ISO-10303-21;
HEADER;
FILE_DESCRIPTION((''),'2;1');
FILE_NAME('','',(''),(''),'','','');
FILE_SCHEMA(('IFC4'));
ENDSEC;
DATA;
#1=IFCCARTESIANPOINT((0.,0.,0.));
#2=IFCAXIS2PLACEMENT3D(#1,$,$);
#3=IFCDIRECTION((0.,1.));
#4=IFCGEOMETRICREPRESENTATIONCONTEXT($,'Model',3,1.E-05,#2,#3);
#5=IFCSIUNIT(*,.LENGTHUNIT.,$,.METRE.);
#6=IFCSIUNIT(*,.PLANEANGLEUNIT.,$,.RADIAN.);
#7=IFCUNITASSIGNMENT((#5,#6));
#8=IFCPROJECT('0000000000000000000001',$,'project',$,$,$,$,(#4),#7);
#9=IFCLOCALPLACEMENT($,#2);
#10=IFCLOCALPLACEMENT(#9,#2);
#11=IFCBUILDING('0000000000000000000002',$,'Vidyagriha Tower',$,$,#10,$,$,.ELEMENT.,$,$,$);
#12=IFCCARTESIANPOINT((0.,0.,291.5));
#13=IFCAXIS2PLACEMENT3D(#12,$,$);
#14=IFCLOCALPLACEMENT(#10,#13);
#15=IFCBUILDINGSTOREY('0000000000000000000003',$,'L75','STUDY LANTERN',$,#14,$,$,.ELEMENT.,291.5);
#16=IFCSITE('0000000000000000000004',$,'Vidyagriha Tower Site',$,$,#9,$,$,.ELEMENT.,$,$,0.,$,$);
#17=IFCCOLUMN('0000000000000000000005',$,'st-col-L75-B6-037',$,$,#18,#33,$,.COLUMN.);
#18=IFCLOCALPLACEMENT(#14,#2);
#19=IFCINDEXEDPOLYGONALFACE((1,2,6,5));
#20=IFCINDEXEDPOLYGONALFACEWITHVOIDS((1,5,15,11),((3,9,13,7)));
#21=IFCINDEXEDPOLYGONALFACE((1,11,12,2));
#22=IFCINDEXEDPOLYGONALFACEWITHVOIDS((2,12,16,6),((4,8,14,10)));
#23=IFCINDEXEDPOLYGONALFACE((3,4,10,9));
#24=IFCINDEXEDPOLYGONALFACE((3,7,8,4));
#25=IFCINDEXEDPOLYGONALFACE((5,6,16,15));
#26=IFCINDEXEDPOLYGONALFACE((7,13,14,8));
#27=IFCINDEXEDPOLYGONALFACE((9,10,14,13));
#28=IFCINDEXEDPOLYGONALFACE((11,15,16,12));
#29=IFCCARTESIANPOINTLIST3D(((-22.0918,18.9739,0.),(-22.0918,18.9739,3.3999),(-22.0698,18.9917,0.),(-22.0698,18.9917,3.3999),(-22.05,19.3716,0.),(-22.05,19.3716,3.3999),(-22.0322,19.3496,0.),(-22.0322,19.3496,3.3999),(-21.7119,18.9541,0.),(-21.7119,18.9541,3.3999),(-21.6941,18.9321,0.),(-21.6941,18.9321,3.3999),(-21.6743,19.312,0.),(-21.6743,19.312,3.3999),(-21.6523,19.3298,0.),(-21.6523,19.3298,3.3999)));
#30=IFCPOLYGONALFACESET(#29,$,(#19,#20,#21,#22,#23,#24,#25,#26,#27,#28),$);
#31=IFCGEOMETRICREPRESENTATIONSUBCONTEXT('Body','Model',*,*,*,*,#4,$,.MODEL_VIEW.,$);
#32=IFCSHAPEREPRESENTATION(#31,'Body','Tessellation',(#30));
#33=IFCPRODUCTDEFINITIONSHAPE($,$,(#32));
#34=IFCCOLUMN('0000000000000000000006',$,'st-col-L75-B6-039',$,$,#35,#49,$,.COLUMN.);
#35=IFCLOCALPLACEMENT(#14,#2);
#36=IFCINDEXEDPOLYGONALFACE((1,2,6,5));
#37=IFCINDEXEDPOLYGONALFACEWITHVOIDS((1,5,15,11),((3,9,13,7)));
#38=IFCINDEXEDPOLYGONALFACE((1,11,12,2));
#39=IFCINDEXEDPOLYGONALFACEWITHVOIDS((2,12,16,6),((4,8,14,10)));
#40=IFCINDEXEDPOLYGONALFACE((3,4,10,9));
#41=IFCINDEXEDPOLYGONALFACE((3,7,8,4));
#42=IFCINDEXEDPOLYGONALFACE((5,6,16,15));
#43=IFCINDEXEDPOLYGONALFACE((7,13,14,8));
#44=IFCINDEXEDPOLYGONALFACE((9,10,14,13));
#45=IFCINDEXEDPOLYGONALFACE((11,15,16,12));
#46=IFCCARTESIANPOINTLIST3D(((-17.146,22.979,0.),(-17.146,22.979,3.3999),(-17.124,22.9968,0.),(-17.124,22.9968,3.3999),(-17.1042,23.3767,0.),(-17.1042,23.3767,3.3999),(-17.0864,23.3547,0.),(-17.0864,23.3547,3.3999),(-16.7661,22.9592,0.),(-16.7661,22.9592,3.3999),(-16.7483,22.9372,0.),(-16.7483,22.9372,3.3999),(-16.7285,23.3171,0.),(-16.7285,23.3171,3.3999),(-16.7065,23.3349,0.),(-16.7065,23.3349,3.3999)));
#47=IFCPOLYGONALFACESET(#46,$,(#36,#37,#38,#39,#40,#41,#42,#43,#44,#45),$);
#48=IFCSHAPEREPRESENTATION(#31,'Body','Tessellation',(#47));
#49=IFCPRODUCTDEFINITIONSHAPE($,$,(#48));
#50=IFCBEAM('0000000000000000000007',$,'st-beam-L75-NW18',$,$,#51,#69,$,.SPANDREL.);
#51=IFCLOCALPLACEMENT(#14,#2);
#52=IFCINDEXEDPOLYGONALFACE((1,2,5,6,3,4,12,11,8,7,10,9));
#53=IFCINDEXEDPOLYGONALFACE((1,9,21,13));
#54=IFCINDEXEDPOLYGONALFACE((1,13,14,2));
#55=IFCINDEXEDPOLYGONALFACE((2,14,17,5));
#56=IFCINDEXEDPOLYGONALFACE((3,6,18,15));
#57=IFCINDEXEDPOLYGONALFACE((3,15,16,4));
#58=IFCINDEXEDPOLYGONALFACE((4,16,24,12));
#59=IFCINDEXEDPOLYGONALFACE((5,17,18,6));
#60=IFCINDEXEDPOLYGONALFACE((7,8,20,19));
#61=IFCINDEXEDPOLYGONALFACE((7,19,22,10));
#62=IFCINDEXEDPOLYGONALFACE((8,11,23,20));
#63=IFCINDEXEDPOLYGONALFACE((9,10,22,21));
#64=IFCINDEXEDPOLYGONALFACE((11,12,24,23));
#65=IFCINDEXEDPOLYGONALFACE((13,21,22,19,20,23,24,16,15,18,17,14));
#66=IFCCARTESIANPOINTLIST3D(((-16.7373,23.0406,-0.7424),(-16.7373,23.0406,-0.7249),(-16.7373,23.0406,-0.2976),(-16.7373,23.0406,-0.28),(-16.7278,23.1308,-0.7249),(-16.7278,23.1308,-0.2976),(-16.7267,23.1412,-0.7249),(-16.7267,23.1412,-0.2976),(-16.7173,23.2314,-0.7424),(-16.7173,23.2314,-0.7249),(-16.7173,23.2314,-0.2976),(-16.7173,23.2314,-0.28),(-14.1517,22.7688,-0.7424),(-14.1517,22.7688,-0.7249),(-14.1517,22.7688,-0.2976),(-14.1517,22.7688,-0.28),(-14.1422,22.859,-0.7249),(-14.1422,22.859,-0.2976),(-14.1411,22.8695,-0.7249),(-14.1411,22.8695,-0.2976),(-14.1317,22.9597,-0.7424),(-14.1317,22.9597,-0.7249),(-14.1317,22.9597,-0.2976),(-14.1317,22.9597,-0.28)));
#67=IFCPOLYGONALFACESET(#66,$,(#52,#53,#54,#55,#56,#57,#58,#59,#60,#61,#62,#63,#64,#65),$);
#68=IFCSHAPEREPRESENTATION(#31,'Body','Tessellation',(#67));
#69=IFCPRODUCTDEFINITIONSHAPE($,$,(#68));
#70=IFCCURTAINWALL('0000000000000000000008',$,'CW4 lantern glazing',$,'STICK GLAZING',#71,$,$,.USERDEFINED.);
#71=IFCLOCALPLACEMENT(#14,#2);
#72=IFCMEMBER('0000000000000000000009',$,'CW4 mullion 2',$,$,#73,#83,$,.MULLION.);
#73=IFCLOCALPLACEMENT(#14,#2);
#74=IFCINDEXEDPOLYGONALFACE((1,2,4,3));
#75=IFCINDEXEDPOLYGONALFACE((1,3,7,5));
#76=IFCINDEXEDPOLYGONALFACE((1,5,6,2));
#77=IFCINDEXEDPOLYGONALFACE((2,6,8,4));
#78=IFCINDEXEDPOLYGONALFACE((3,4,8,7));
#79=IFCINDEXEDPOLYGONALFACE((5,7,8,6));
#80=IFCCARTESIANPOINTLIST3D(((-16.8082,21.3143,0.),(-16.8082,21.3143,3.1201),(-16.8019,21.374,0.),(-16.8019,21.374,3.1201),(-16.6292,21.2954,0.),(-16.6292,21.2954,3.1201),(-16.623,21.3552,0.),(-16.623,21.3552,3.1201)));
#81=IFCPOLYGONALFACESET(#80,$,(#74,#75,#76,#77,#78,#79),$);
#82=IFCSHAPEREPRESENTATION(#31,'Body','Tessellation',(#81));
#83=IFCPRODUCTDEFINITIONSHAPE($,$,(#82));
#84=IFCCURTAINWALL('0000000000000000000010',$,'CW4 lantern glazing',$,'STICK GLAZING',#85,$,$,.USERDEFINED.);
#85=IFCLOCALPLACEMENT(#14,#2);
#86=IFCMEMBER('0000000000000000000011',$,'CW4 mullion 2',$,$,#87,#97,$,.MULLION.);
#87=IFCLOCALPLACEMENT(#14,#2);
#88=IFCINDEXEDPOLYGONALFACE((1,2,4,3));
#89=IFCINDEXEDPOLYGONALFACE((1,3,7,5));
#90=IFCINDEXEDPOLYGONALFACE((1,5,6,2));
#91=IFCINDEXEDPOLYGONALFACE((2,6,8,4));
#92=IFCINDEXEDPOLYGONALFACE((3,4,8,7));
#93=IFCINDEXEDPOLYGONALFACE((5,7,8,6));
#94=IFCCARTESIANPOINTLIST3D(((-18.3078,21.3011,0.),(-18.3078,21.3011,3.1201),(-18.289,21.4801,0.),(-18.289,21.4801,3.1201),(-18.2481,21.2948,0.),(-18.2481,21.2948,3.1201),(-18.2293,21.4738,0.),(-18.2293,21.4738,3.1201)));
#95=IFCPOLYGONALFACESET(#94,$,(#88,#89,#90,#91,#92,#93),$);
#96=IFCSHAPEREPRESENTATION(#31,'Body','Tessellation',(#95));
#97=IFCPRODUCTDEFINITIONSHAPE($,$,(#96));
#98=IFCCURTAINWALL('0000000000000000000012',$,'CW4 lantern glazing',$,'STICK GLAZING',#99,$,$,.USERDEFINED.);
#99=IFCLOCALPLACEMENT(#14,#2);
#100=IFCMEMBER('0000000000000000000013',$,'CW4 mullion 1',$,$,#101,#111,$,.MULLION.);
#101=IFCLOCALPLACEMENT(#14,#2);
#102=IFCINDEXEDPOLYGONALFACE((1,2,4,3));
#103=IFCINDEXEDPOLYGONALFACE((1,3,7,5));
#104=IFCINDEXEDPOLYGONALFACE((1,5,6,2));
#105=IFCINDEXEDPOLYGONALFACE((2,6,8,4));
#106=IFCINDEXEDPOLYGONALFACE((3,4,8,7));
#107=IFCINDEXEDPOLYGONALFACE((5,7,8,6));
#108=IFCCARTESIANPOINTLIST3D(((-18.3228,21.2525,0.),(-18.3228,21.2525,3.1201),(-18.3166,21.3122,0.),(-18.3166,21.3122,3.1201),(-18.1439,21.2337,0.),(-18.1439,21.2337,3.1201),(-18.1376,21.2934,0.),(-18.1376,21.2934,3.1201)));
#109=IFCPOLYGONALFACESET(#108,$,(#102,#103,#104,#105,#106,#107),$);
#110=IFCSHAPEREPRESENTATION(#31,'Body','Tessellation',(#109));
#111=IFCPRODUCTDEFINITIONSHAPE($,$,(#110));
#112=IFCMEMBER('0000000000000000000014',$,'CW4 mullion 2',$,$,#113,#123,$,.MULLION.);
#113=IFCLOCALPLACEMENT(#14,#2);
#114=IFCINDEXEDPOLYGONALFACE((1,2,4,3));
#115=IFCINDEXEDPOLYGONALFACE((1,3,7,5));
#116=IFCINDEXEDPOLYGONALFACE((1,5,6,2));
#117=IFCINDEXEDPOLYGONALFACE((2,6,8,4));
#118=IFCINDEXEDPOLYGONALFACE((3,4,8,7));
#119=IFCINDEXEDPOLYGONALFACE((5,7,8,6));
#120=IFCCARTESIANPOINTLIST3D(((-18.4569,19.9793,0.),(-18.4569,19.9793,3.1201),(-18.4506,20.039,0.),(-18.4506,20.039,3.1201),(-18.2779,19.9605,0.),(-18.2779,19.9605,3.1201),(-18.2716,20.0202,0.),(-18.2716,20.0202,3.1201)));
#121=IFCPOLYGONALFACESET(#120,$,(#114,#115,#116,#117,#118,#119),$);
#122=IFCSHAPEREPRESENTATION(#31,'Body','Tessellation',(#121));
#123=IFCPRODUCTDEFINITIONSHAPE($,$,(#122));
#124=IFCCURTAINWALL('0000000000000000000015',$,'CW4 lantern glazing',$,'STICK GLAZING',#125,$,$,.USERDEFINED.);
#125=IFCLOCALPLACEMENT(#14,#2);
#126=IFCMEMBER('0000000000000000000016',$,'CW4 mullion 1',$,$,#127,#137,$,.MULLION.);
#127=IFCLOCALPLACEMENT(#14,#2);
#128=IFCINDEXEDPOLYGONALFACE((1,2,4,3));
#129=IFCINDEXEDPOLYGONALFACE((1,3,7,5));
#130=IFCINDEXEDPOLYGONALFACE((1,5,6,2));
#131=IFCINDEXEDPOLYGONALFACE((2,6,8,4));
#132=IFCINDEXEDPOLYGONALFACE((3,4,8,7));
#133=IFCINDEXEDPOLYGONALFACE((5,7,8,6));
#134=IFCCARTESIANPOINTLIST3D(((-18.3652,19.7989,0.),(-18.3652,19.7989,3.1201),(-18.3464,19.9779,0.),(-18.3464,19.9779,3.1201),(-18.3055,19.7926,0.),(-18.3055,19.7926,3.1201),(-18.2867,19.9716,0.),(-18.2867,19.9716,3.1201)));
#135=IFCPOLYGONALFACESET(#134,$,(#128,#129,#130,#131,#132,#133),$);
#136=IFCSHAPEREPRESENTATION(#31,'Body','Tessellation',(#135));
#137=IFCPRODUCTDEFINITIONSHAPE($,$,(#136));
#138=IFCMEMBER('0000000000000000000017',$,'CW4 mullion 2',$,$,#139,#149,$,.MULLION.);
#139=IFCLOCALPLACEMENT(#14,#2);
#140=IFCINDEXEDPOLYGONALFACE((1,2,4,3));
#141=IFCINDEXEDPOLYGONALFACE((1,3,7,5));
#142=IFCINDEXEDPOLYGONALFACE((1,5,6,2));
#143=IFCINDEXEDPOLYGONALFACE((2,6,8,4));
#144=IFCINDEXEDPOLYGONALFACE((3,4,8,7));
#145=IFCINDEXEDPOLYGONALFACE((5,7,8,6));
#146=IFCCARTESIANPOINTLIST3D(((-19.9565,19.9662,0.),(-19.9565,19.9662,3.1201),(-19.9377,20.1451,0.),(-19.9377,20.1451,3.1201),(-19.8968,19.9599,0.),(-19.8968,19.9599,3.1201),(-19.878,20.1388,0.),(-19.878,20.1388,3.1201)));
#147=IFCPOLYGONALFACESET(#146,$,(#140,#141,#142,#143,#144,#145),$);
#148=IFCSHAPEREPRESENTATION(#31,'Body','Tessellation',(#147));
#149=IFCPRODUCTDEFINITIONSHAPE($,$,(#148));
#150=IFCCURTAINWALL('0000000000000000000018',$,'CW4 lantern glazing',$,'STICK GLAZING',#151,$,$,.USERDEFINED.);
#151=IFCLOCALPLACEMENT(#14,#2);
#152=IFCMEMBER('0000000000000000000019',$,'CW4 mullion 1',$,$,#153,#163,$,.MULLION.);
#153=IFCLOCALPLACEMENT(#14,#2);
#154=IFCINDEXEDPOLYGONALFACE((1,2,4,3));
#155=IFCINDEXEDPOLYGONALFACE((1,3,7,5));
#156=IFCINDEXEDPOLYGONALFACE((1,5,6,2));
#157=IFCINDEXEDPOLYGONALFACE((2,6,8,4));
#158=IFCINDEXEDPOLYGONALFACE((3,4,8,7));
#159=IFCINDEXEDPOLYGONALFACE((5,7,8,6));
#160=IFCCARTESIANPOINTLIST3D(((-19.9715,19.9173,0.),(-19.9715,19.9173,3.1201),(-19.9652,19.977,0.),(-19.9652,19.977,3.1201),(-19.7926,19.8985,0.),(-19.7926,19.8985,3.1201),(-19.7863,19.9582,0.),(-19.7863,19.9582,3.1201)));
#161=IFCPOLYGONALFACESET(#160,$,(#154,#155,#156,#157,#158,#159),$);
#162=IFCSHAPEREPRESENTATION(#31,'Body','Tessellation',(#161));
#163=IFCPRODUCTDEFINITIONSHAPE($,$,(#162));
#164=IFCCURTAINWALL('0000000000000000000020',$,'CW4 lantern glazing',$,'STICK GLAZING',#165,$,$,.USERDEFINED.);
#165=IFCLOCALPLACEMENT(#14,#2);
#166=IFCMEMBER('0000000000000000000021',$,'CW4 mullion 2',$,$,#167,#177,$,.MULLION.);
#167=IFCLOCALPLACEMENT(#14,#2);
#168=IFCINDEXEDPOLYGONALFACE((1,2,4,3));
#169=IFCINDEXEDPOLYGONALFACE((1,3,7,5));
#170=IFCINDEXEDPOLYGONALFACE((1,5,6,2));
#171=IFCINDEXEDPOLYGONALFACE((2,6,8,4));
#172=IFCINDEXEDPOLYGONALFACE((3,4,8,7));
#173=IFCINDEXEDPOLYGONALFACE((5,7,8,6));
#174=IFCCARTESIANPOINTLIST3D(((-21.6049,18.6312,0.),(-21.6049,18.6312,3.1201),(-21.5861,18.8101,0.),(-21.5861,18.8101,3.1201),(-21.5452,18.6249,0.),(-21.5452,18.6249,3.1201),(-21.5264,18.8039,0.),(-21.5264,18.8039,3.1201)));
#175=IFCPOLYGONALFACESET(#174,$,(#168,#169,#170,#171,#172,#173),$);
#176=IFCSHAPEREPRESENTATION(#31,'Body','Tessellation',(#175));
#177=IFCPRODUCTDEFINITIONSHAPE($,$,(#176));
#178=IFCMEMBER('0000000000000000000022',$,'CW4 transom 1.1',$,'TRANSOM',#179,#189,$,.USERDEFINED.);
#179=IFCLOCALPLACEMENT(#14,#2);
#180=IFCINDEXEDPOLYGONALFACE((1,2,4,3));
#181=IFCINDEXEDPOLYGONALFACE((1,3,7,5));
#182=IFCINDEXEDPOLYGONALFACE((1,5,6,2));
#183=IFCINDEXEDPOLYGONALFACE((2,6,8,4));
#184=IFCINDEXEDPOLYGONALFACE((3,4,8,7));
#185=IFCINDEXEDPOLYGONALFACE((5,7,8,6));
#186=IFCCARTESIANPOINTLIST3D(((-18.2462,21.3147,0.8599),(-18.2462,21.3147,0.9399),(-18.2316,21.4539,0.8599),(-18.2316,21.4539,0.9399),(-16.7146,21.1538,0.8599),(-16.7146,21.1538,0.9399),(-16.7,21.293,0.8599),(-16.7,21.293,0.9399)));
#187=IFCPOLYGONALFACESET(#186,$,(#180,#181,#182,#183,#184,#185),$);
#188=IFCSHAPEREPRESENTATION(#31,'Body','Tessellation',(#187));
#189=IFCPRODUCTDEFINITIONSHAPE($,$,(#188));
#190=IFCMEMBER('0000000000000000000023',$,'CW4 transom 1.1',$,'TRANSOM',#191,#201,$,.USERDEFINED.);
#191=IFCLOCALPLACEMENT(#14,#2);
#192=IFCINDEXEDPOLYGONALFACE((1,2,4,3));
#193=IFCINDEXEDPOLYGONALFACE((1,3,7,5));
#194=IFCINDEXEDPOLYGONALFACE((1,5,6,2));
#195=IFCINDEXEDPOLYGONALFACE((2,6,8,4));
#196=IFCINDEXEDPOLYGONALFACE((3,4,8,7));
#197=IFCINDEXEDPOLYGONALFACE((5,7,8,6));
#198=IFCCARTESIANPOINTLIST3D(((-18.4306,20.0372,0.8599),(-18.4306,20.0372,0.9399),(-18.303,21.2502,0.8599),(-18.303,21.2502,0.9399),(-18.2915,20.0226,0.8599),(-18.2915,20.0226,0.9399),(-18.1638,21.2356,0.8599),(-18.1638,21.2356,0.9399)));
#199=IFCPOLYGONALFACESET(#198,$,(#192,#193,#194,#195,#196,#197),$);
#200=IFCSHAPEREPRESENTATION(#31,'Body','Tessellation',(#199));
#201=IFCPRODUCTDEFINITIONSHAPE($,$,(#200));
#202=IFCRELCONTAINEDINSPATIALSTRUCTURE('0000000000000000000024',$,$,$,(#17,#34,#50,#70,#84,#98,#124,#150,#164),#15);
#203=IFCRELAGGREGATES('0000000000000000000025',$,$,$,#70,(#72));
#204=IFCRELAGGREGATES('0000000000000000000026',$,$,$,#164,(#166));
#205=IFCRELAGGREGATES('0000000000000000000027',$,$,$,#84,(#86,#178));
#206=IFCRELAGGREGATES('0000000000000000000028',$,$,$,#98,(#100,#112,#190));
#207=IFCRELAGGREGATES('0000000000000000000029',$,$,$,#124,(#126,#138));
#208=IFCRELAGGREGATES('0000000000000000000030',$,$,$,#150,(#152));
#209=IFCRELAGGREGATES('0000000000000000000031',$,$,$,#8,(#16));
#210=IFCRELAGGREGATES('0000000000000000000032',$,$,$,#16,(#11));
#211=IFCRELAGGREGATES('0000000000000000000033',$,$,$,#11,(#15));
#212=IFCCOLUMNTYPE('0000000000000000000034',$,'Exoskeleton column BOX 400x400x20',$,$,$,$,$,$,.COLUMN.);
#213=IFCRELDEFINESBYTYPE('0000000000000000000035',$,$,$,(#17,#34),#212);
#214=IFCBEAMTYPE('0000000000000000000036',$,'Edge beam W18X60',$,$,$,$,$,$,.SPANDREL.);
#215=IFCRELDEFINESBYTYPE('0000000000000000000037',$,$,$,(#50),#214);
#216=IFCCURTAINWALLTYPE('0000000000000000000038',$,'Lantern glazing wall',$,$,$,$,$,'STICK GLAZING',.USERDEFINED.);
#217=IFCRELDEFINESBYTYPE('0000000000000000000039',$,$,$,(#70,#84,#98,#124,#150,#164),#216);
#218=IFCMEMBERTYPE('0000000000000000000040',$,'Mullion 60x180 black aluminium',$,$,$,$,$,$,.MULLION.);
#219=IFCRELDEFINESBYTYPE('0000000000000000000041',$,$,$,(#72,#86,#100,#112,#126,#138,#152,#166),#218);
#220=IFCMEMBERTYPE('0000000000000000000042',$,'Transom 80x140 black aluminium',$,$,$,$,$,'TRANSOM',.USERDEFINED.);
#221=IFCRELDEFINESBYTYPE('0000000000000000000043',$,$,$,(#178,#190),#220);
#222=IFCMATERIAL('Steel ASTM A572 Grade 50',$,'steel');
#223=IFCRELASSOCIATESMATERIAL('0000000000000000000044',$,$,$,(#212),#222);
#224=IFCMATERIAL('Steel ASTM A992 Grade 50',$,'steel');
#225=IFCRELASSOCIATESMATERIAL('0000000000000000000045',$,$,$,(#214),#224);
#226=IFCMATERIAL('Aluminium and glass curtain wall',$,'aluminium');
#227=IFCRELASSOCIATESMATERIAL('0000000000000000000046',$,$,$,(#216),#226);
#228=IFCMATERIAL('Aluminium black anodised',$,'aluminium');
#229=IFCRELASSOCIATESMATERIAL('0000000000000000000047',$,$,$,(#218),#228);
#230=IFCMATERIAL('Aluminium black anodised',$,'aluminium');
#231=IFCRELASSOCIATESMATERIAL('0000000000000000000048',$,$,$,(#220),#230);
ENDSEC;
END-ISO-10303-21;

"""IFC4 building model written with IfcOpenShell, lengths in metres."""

from ifc_helpers import new_model, si_unit, direction, frame, origin, origin_2d, place, context, subcontext, project, spatial, rectangle, hollow_rectangle, i_section, extrude, material, material_profile, profile_set, type_object, element, aggregate, save


model = new_model("IFC4")

# Units and contexts
model_context = context("Model", 3, precision=1e-05, world=origin(), true_north=direction((0.0, 1.0)))
body_context = subcontext(model_context, "Body", "Model", "MODEL_VIEW")
ifc_project = project(units=[si_unit("LENGTHUNIT", "METRE"), si_unit("PLANEANGLEUNIT", "RADIAN")], contexts=[model_context])

# Site, building, storey
site_placement = place(None, origin())
site = spatial("IfcSite", under=ifc_project, at=site_placement, Name="Vidyagriha Tower Site", CompositionType="ELEMENT", RefElevation=0.0)
building_placement = place(site_placement, origin())
building = spatial("IfcBuilding", under=site, at=building_placement, Name="Vidyagriha Tower", CompositionType="ELEMENT")
storey_placement = place(building_placement, frame((0.0, 0.0, 291.5)))
storey = spatial("IfcBuildingStorey", under=building, at=storey_placement, Name="L75", Description="STUDY LANTERN", CompositionType="ELEMENT", Elevation=291.5)

# Columns
ifc_material_1 = material(Name="Steel ASTM A572 Grade 50", Category="steel")
ifc_material_profile_1 = material_profile(ifc_material_1, hollow_rectangle(XDim=0.3999, YDim=0.3999, WallThickness=0.02, at=origin_2d()), Name="BOX 400x400x20")
ifc_profile_set_1 = profile_set([ifc_material_profile_1], Name="Steel ASTM A572 Grade 50")
column_type = type_object("IfcColumnType", Name="Exoskeleton column BOX 400x400x20", PredefinedType="COLUMN", material=ifc_profile_set_1)
for number, where, z_axis, x_axis, name in (
    (1, (-21.8721, 19.1519, 0.0), (0.0, 0.0, 1.0), (0.994522, -0.104528, 0.0), "st-col-L75-B6-037"),
    (2, (-16.9263, 23.157, 0.0), (0.0, 0.0, 1.0), (0.994522, -0.104528, 0.0), "st-col-L75-B6-039"),
):
    element("IfcColumn", number, at=place(storey_placement, frame(where, z_axis=z_axis, x_axis=x_axis)), inside=storey, type_object=column_type, Name=name, PredefinedType="COLUMN", context=body_context, shape_type="SweptSolid", body=[
        extrude(hollow_rectangle(XDim=0.3999, YDim=0.3999, WallThickness=0.02, at=origin_2d()), origin(), (0.0, 0.0, 1.0), 3.3999),
    ])

# Beam
ifc_material_2 = material(Name="Steel ASTM A992 Grade 50", Category="steel")
ifc_material_profile_2 = material_profile(ifc_material_2, i_section(OverallWidth=0.1919, OverallDepth=0.4624, WebThickness=0.0105, FlangeThickness=0.0176, at=origin_2d()), Name="W18X60")
ifc_profile_set_2 = profile_set([ifc_material_profile_2], Name="Steel ASTM A992 Grade 50")
beam_type = type_object("IfcBeamType", Name="Edge beam W18X60", PredefinedType="SPANDREL", material=ifc_profile_set_2)
beam_placement = place(storey_placement, frame((-16.7273, 23.136, -0.5112), z_axis=(0.994523, -0.104514, 0.0), x_axis=(0.104514, 0.994523, 0.0)))
element("IfcBeam", 3, at=beam_placement, inside=storey, type_object=beam_type, Name="st-beam-L75-NW18", PredefinedType="SPANDREL", context=body_context, shape_type="SweptSolid", body=[
    extrude(i_section(OverallWidth=0.1919, OverallDepth=0.4624, WebThickness=0.0105, FlangeThickness=0.0176, at=origin_2d()), origin(), (0.0, 0.0, 1.0), 2.5999),
])

# Curtain walls, members
ifc_material_3 = material(Name="Aluminium and glass curtain wall", Category="aluminium")
curtain_wall_type = type_object("IfcCurtainWallType", Name="Lantern glazing wall", ElementType="STICK GLAZING", PredefinedType="USERDEFINED", material=ifc_material_3)
curtain_wall_1_placement = place(storey_placement, origin())
curtain_wall_1 = element("IfcCurtainWall", 4, at=curtain_wall_1_placement, inside=storey, type_object=curtain_wall_type, Name="CW4 lantern glazing", ObjectType="STICK GLAZING", PredefinedType="USERDEFINED")
ifc_material_4 = material(Name="Aluminium black anodised", Category="aluminium")
ifc_material_profile_3 = material_profile(ifc_material_4, rectangle(XDim=0.1799, YDim=0.0601, at=origin_2d()), Name="Mullion 60x180 black aluminium")
ifc_profile_set_3 = profile_set([ifc_material_profile_3], Name="Aluminium black anodised")
member_type_1 = type_object("IfcMemberType", Name="Mullion 60x180 black aluminium", PredefinedType="MULLION", material=ifc_profile_set_3)
member_1_placement = place(storey_placement, frame((-16.7156, 21.3347, 0.0), z_axis=(0.0, 0.0, 1.0), x_axis=(0.99452, -0.104549, 0.0)))
member_1 = element("IfcMember", 5, at=member_1_placement, type_object=member_type_1, Name="CW4 mullion 2", PredefinedType="MULLION", context=body_context, shape_type="SweptSolid", body=[
    extrude(rectangle(XDim=0.1799, YDim=0.0601, at=origin_2d()), origin(), (0.0, 0.0, 1.0), 3.1201),
])
aggregate(curtain_wall_1, [member_1])
curtain_wall_2_placement = place(storey_placement, origin())
curtain_wall_2 = element("IfcCurtainWall", 6, at=curtain_wall_2_placement, inside=storey, type_object=curtain_wall_type, Name="CW4 lantern glazing", ObjectType="STICK GLAZING", PredefinedType="USERDEFINED")
member_2_placement = place(storey_placement, frame((-18.2686, 21.3875, 0.0), z_axis=(0.0, 0.0, 1.0), x_axis=(-0.104519, -0.994523, 0.0)))
member_2 = element("IfcMember", 7, at=member_2_placement, type_object=member_type_1, Name="CW4 mullion 2", PredefinedType="MULLION", context=body_context, shape_type="SweptSolid", body=[
    extrude(rectangle(XDim=0.1799, YDim=0.0601, at=origin_2d()), origin(), (0.0, 0.0, 1.0), 3.1201),
])

# Curtain walls, members
curtain_wall_3_placement = place(storey_placement, origin())
curtain_wall_3 = element("IfcCurtainWall", 8, at=curtain_wall_3_placement, inside=storey, type_object=curtain_wall_type, Name="CW4 lantern glazing", ObjectType="STICK GLAZING", PredefinedType="USERDEFINED")
member_3_placement = place(storey_placement, frame((-18.2302, 21.2729, 0.0), z_axis=(0.0, 0.0, 1.0), x_axis=(0.99452, -0.104549, 0.0)))
member_3 = element("IfcMember", 9, at=member_3_placement, type_object=member_type_1, Name="CW4 mullion 1", PredefinedType="MULLION", context=body_context, shape_type="SweptSolid", body=[
    extrude(rectangle(XDim=0.1799, YDim=0.0601, at=origin_2d()), origin(), (0.0, 0.0, 1.0), 3.1201),
])
member_4_placement = place(storey_placement, frame((-18.3643, 19.9998, 0.0), z_axis=(0.0, 0.0, 1.0), x_axis=(0.99452, -0.104549, 0.0)))
member_4 = element("IfcMember", 10, at=member_4_placement, type_object=member_type_1, Name="CW4 mullion 2", PredefinedType="MULLION", context=body_context, shape_type="SweptSolid", body=[
    extrude(rectangle(XDim=0.1799, YDim=0.0601, at=origin_2d()), origin(), (0.0, 0.0, 1.0), 3.1201),
])
curtain_wall_4_placement = place(storey_placement, origin())
curtain_wall_4 = element("IfcCurtainWall", 11, at=curtain_wall_4_placement, inside=storey, type_object=curtain_wall_type, Name="CW4 lantern glazing", ObjectType="STICK GLAZING", PredefinedType="USERDEFINED")
member_5_placement = place(storey_placement, frame((-18.3259, 19.8853, 0.0), z_axis=(0.0, 0.0, 1.0), x_axis=(-0.104512, -0.994524, 0.0)))
member_5 = element("IfcMember", 12, at=member_5_placement, type_object=member_type_1, Name="CW4 mullion 1", PredefinedType="MULLION", context=body_context, shape_type="SweptSolid", body=[
    extrude(rectangle(XDim=0.1799, YDim=0.0601, at=origin_2d()), origin(), (0.0, 0.0, 1.0), 3.1201),
])
member_6_placement = place(storey_placement, frame((-19.9172, 20.0525, 0.0), z_axis=(0.0, 0.0, 1.0), x_axis=(-0.104512, -0.994524, 0.0)))
member_6 = element("IfcMember", 13, at=member_6_placement, type_object=member_type_1, Name="CW4 mullion 2", PredefinedType="MULLION", context=body_context, shape_type="SweptSolid", body=[
    extrude(rectangle(XDim=0.1799, YDim=0.0601, at=origin_2d()), origin(), (0.0, 0.0, 1.0), 3.1201),
])

# Curtain walls, members
curtain_wall_5_placement = place(storey_placement, origin())
curtain_wall_5 = element("IfcCurtainWall", 14, at=curtain_wall_5_placement, inside=storey, type_object=curtain_wall_type, Name="CW4 lantern glazing", ObjectType="STICK GLAZING", PredefinedType="USERDEFINED")
member_7_placement = place(storey_placement, frame((-19.8789, 19.9377, 0.0), z_axis=(0.0, 0.0, 1.0), x_axis=(0.994518, -0.104564, 0.0)))
member_7 = element("IfcMember", 15, at=member_7_placement, type_object=member_type_1, Name="CW4 mullion 1", PredefinedType="MULLION", context=body_context, shape_type="SweptSolid", body=[
    extrude(rectangle(XDim=0.1799, YDim=0.0601, at=origin_2d()), origin(), (0.0, 0.0, 1.0), 3.1201),
])
curtain_wall_6_placement = place(storey_placement, origin())
curtain_wall_6 = element("IfcCurtainWall", 16, at=curtain_wall_6_placement, inside=storey, type_object=curtain_wall_type, Name="CW4 lantern glazing", ObjectType="STICK GLAZING", PredefinedType="USERDEFINED")
member_8_placement = place(storey_placement, frame((-21.5657, 18.7175, 0.0), z_axis=(0.0, 0.0, 1.0), x_axis=(-0.104453, -0.99453, 0.0)))
member_8 = element("IfcMember", 17, at=member_8_placement, type_object=member_type_1, Name="CW4 mullion 2", PredefinedType="MULLION", context=body_context, shape_type="SweptSolid", body=[
    extrude(rectangle(XDim=0.1799, YDim=0.0601, at=origin_2d()), origin(), (0.0, 0.0, 1.0), 3.1201),
])
aggregate(curtain_wall_6, [member_8])

# Members
ifc_material_5 = material(Name="Aluminium black anodised", Category="aluminium")
ifc_material_profile_4 = material_profile(ifc_material_5, rectangle(XDim=0.1399, YDim=0.0801, at=origin_2d()), Name="Transom 80x140 black aluminium")
ifc_profile_set_4 = profile_set([ifc_material_profile_4], Name="Aluminium black anodised")
member_type_2 = type_object("IfcMemberType", Name="Transom 80x140 black aluminium", ElementType="TRANSOM", PredefinedType="USERDEFINED", material=ifc_profile_set_4)
member_9_placement = place(storey_placement, frame((-16.7073, 21.2234, 0.8999), z_axis=(-0.994527, 0.104478, 0.0), x_axis=(-0.104478, -0.994527, 0.0)))
member_9 = element("IfcMember", 18, at=member_9_placement, type_object=member_type_2, Name="CW4 transom 1.1", ObjectType="TRANSOM", PredefinedType="USERDEFINED", context=body_context, shape_type="SweptSolid", body=[
    extrude(rectangle(XDim=0.1399, YDim=0.0801, at=origin_2d()), origin(), (0.0, 0.0, 1.0), 1.54),
])
member_10_placement = place(storey_placement, frame((-18.2334, 21.2429, 0.8999), z_axis=(-0.104674, -0.994507, 0.0), x_axis=(0.994507, -0.104674, 0.0)))
member_10 = element("IfcMember", 19, at=member_10_placement, type_object=member_type_2, Name="CW4 transom 1.1", ObjectType="TRANSOM", PredefinedType="USERDEFINED", context=body_context, shape_type="SweptSolid", body=[
    extrude(rectangle(XDim=0.1399, YDim=0.0801, at=origin_2d()), origin(), (0.0, 0.0, 1.0), 1.2197),
])

aggregate(curtain_wall_2, [member_2, member_9])
aggregate(curtain_wall_3, [member_3, member_4, member_10])
aggregate(curtain_wall_4, [member_5, member_6])
aggregate(curtain_wall_5, [member_7])

save(model, "model.ifc")
